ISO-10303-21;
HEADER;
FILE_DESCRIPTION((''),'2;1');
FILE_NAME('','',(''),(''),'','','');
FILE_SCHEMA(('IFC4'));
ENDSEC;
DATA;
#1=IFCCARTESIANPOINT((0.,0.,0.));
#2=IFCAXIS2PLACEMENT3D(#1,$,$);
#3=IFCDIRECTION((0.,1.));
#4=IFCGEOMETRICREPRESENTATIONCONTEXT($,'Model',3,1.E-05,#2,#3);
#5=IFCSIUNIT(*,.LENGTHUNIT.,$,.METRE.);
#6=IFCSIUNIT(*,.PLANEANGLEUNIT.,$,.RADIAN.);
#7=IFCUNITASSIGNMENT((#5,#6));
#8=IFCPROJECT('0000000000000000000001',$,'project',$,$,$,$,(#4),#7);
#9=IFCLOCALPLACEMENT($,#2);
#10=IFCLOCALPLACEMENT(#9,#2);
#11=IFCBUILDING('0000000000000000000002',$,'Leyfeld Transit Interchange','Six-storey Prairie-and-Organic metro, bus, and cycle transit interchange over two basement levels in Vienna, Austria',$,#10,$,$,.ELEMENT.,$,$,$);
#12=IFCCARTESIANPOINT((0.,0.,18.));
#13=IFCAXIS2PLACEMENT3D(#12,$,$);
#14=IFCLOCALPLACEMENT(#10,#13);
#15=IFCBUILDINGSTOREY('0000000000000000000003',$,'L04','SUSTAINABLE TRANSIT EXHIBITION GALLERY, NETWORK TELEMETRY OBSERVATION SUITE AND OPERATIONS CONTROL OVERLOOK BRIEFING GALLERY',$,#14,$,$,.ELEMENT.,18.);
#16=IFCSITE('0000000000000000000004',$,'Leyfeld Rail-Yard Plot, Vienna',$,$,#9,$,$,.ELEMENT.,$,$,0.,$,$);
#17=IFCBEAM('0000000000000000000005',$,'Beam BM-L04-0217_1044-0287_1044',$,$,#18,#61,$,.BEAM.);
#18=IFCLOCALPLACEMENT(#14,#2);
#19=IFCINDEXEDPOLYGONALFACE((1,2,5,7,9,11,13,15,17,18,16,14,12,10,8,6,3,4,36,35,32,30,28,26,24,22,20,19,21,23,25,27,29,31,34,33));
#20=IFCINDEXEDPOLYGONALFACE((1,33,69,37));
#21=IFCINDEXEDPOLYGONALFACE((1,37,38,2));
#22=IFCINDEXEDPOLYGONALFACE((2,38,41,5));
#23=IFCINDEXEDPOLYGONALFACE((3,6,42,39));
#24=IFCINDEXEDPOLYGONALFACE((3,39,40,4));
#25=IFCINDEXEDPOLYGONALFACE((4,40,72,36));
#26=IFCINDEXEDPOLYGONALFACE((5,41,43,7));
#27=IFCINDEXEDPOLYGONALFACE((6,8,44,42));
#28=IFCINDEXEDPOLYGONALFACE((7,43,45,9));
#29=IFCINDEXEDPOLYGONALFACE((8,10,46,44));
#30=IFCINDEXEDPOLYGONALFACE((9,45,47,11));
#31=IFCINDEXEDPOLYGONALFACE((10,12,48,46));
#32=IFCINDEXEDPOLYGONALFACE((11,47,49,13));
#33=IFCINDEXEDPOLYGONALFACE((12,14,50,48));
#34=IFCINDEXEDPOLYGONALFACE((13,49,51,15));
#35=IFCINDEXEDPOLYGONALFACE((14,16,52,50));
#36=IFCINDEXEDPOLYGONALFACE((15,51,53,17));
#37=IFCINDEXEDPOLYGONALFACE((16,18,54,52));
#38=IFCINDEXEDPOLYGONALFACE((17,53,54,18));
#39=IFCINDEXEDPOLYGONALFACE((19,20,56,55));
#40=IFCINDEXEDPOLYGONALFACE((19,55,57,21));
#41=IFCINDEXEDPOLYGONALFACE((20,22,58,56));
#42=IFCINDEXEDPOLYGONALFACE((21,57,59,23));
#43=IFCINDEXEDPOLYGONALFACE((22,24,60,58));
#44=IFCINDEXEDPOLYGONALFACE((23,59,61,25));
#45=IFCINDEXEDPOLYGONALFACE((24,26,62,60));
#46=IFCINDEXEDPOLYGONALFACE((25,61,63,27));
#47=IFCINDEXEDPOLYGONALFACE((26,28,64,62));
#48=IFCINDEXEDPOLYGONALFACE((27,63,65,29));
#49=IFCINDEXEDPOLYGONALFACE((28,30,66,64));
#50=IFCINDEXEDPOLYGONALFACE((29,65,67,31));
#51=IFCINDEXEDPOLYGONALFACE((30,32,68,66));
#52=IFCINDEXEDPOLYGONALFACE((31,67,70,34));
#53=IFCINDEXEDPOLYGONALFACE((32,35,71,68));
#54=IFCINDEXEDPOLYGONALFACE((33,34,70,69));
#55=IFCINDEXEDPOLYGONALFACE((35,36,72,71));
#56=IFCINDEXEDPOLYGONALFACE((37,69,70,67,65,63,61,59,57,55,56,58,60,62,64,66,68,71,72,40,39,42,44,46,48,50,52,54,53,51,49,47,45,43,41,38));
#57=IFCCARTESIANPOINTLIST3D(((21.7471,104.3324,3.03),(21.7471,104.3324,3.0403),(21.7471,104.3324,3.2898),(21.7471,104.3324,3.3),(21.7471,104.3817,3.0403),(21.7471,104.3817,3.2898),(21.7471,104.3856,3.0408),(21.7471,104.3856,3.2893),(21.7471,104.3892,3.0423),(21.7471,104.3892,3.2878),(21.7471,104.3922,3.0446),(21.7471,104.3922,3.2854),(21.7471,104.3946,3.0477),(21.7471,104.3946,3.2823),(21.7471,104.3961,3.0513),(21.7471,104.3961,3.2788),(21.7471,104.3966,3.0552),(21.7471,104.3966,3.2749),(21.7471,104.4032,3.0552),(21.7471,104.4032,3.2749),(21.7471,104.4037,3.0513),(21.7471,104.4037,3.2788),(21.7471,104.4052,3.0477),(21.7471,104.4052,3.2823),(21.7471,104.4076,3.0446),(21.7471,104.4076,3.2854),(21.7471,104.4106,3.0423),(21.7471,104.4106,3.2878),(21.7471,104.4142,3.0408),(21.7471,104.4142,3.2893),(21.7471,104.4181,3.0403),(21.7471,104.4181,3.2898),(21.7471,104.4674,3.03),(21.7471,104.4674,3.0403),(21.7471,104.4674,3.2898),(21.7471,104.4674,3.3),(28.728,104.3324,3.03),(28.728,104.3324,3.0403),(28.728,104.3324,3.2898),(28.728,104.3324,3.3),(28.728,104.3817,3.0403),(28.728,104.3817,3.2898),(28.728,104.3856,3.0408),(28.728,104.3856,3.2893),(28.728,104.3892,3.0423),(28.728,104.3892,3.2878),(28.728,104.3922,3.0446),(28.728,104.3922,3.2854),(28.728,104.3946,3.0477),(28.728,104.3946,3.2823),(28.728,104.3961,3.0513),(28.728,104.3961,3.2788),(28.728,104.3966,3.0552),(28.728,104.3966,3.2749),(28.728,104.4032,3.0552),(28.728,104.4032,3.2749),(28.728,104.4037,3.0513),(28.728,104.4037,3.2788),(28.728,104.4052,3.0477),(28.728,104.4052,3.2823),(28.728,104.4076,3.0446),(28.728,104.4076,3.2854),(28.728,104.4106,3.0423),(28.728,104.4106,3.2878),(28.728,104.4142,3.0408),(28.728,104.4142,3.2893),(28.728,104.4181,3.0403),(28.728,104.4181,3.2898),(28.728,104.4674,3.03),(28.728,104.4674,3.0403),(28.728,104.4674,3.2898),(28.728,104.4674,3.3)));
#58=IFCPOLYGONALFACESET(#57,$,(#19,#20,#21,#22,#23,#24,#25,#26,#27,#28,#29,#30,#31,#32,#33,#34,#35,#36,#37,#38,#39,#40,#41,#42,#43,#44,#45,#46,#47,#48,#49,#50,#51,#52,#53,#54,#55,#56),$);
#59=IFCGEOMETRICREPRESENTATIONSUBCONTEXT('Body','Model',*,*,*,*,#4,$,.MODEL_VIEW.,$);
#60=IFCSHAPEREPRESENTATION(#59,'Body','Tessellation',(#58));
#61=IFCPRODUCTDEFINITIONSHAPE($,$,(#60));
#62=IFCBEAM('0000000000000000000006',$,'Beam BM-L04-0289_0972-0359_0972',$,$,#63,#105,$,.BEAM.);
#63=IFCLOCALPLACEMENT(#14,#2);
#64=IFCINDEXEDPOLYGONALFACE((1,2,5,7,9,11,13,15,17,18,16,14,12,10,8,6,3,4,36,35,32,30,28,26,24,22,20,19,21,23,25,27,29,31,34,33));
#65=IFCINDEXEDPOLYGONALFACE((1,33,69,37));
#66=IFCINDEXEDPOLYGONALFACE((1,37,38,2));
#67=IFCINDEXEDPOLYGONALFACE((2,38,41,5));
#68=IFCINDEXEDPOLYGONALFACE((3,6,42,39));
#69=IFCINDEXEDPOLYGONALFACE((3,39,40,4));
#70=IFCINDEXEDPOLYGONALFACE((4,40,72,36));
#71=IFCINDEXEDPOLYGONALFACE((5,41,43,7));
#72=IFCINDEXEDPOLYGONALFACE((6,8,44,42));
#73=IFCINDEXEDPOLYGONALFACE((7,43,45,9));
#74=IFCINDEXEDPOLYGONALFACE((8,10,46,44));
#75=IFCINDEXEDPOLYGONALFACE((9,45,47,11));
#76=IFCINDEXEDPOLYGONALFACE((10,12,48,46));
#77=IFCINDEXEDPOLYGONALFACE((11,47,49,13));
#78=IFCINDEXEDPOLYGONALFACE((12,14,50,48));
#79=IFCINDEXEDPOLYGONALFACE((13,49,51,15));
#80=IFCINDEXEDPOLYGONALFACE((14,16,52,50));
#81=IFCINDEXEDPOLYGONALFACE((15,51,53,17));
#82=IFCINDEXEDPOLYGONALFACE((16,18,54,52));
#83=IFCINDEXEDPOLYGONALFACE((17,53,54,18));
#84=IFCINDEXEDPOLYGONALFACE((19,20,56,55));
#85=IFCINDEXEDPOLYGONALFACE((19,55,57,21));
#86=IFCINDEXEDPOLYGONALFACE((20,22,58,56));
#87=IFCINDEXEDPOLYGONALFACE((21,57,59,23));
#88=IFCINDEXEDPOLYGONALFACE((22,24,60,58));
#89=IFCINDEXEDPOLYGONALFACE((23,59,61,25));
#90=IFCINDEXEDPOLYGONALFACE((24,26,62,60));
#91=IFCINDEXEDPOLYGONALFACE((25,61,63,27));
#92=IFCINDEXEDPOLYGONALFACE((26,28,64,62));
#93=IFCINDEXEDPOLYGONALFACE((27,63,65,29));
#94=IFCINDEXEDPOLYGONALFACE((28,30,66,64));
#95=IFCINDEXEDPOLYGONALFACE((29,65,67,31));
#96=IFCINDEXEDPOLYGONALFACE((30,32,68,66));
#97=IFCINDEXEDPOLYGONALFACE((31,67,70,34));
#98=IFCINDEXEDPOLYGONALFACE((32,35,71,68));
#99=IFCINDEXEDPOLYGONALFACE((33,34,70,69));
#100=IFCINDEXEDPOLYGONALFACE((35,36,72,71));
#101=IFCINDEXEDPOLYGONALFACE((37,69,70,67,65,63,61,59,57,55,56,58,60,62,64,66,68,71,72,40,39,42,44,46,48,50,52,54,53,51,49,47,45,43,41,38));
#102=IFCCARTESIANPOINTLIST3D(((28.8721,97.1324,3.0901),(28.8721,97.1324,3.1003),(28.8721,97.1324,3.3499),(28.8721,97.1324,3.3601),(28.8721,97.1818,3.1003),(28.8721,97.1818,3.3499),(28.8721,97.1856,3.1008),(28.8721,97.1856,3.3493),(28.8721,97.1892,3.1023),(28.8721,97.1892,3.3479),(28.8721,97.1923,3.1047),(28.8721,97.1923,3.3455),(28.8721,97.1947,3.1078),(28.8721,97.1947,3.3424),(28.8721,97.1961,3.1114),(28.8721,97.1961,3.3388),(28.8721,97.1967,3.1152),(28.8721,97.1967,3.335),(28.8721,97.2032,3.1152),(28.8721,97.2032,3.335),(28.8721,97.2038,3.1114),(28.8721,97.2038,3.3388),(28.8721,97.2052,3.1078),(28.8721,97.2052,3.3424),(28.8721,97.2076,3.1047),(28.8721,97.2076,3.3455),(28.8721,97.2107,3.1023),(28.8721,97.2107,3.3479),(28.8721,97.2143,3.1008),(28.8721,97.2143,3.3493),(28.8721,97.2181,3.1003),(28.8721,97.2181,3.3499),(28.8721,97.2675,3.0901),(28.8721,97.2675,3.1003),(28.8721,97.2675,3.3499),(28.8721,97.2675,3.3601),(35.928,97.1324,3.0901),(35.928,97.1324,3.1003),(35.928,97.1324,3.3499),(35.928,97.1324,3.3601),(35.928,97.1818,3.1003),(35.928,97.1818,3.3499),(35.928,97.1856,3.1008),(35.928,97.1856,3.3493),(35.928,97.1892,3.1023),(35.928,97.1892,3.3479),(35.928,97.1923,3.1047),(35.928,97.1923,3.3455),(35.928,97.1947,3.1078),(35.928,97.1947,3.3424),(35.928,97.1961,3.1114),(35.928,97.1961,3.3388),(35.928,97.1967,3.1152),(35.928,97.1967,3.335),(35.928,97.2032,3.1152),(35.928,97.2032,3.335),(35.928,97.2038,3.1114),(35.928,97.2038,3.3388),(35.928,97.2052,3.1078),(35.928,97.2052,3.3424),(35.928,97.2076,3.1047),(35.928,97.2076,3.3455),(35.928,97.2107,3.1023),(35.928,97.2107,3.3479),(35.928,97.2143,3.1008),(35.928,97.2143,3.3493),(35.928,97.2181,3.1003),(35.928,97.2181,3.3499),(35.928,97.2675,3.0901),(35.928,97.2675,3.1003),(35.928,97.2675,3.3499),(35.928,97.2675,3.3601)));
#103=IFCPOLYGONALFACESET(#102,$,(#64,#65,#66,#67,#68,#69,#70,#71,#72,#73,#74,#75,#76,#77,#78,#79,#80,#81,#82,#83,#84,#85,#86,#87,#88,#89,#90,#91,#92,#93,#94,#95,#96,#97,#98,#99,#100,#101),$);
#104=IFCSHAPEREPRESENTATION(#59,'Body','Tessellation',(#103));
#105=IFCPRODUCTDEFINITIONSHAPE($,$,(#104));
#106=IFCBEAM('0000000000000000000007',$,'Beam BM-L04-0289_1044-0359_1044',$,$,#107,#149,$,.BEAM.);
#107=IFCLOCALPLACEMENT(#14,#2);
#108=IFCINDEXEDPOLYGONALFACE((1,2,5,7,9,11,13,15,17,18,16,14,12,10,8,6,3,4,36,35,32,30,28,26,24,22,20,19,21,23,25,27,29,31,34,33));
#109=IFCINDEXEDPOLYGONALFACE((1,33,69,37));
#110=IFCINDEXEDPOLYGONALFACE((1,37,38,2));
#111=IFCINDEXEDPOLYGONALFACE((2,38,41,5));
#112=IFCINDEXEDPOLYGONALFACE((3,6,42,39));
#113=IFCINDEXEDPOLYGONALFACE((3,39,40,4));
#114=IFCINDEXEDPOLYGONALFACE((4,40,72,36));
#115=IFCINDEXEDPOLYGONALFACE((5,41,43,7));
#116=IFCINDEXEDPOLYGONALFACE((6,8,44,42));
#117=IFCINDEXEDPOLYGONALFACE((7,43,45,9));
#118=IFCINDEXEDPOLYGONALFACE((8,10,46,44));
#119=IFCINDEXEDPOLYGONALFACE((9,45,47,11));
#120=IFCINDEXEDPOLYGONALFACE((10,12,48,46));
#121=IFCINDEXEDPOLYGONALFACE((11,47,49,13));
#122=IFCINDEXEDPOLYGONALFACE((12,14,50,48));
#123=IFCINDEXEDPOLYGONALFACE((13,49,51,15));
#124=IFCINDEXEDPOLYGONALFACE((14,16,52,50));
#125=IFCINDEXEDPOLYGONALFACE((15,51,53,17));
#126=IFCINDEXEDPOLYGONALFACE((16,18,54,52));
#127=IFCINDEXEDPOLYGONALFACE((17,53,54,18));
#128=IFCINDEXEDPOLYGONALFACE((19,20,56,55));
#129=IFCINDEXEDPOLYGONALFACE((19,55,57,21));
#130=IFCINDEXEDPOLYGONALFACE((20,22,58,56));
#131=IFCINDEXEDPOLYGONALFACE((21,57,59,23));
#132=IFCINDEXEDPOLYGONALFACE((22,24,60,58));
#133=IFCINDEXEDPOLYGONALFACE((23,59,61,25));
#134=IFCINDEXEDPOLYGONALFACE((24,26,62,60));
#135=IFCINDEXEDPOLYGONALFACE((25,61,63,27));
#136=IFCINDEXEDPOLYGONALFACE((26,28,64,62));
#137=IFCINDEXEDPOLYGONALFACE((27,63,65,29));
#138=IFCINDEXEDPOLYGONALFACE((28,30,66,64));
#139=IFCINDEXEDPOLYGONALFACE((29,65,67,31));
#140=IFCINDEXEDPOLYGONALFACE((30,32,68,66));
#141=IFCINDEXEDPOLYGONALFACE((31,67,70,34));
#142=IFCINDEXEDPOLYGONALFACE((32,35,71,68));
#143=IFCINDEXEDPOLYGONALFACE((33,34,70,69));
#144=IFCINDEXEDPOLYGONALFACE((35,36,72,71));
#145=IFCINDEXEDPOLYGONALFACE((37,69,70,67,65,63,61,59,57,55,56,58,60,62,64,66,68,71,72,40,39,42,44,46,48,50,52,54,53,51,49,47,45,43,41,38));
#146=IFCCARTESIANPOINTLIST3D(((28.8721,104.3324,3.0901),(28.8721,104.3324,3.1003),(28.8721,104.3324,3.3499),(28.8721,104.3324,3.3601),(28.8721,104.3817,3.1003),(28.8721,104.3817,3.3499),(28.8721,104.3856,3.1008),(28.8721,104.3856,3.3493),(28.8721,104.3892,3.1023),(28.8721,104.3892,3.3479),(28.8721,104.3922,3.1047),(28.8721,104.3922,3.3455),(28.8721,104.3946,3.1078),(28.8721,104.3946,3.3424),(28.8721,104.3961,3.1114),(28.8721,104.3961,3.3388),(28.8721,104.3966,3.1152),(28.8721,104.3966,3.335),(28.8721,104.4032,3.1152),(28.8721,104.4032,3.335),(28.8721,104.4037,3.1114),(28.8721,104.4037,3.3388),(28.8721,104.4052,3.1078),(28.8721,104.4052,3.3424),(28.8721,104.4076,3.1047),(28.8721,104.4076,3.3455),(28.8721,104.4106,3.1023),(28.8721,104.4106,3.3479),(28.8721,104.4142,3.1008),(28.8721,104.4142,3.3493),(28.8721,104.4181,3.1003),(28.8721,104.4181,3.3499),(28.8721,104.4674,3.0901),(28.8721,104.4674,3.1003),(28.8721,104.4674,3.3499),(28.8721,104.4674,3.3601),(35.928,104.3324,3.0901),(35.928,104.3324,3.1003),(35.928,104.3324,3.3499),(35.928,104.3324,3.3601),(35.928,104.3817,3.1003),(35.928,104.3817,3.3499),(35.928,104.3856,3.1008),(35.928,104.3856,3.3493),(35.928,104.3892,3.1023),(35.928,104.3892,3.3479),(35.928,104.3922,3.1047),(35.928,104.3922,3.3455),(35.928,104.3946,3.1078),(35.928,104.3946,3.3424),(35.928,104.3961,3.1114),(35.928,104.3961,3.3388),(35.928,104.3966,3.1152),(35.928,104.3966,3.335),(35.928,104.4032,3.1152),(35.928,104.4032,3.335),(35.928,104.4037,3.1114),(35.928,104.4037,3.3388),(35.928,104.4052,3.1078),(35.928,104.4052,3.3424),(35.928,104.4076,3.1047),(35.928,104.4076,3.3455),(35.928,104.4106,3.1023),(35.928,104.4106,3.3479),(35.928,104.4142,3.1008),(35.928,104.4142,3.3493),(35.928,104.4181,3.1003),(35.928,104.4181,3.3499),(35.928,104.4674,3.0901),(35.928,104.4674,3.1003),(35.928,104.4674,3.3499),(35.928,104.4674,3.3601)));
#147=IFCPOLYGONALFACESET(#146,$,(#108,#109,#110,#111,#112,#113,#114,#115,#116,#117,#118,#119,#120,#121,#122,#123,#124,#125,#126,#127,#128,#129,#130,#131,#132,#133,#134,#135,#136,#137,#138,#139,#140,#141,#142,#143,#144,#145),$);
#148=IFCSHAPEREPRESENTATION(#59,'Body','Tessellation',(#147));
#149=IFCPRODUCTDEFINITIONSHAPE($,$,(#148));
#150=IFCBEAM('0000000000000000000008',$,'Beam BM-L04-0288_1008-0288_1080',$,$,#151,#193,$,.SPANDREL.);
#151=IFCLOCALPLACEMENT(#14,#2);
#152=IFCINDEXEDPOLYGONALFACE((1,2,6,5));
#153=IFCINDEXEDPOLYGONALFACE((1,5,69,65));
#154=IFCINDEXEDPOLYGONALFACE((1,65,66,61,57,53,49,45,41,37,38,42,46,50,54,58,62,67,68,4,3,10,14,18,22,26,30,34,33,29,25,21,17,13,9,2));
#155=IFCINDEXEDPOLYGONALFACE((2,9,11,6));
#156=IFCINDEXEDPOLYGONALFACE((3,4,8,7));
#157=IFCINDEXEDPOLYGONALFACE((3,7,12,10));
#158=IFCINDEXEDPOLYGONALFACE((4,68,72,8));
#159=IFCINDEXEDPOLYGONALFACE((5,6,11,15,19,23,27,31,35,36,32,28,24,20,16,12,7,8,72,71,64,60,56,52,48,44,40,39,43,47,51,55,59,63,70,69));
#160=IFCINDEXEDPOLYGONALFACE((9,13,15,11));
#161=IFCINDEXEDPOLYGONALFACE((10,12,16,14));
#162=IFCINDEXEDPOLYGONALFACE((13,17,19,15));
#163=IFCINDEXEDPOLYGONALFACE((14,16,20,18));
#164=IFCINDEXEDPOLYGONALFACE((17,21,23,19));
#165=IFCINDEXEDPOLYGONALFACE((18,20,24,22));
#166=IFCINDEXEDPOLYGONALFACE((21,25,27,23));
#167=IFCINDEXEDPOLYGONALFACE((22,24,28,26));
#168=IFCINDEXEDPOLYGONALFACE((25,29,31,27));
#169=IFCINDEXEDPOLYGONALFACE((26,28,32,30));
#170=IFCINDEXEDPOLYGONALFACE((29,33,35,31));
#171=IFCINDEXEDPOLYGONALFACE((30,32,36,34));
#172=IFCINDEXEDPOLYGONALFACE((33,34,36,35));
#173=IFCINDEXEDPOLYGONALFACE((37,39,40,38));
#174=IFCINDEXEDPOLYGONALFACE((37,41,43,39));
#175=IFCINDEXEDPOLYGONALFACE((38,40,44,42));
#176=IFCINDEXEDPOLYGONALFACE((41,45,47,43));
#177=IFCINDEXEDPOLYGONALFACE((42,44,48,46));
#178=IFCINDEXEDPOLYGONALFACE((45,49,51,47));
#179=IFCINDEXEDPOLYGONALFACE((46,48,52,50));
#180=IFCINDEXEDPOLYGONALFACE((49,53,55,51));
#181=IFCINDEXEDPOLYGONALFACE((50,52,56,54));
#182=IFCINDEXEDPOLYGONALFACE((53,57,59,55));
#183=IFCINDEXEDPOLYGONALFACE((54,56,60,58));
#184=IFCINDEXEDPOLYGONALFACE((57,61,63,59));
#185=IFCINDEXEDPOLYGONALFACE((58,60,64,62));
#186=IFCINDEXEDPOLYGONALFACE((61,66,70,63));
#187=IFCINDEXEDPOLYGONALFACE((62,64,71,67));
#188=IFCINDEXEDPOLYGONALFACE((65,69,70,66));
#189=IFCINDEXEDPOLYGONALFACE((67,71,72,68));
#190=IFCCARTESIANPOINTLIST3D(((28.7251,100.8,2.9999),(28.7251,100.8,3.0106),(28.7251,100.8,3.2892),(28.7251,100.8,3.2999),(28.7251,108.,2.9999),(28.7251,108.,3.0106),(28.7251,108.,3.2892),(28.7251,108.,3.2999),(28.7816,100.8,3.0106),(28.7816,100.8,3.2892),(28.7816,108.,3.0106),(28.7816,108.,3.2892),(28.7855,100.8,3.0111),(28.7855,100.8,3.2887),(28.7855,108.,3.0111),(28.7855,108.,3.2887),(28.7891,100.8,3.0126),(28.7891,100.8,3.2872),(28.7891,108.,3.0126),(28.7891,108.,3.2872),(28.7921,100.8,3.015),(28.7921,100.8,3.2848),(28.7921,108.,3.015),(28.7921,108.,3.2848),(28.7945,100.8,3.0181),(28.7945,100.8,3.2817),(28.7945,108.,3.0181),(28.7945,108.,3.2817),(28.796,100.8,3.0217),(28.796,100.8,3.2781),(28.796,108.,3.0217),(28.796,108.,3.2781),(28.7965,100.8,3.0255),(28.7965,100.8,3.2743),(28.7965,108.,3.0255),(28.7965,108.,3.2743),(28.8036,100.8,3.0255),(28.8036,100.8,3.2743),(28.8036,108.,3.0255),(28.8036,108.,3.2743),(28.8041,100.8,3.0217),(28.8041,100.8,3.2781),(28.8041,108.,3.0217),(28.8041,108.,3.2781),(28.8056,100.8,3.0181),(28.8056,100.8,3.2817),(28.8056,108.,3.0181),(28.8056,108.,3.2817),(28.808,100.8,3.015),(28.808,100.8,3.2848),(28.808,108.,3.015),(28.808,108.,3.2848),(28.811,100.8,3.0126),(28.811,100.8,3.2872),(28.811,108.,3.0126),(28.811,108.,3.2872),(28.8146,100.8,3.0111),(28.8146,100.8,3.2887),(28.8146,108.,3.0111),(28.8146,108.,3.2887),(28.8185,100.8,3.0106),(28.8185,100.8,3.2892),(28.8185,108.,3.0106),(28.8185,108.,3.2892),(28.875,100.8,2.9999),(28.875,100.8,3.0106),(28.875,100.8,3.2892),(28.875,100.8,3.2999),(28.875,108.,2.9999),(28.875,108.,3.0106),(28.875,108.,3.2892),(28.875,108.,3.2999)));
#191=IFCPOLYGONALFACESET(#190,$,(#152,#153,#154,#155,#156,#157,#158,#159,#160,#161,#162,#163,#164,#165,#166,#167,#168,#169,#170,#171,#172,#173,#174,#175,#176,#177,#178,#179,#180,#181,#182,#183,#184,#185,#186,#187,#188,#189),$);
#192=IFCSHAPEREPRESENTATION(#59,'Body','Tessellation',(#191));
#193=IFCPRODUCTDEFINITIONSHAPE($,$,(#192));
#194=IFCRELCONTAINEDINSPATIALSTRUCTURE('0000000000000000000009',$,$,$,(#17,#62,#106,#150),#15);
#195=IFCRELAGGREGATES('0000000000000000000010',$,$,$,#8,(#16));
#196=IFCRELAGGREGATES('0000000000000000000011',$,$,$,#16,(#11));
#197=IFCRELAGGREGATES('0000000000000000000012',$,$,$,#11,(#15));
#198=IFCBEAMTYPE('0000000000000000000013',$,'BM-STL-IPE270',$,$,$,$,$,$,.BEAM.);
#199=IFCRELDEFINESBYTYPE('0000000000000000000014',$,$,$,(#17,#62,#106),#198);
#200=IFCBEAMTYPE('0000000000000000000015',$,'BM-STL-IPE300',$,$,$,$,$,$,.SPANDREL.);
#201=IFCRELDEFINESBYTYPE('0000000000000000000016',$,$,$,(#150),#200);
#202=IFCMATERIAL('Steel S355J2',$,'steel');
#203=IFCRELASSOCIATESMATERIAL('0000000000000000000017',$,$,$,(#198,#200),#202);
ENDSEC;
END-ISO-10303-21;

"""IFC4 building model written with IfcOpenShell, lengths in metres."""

from ifc_helpers import new_model, si_unit, direction, frame, origin, origin_2d, place, context, subcontext, project, spatial, i_section, extrude, material, material_profile, profile_set, type_object, element, save


model = new_model("IFC4")

# Units and contexts
model_context = context("Model", 3, precision=1e-05, world=origin(), true_north=direction((0.0, 1.0)))
body_context = subcontext(model_context, "Body", "Model", "MODEL_VIEW")
ifc_project = project(units=[si_unit("LENGTHUNIT", "METRE"), si_unit("PLANEANGLEUNIT", "RADIAN")], contexts=[model_context])

# Site, building, storey
site_placement = place(None, origin())
site = spatial("IfcSite", under=ifc_project, at=site_placement, Name="Leyfeld Rail-Yard Plot, Vienna", CompositionType="ELEMENT", RefElevation=0.0)
building_placement = place(site_placement, origin())
building = spatial("IfcBuilding", under=site, at=building_placement, Name="Leyfeld Transit Interchange", Description="Six-storey Prairie-and-Organic metro, bus, and cycle transit interchange over two basement levels in Vienna, Austria", CompositionType="ELEMENT")
storey_placement = place(building_placement, frame((0.0, 0.0, 18.0)))
storey = spatial("IfcBuildingStorey", under=building, at=storey_placement, Name="L04", Description="SUSTAINABLE TRANSIT EXHIBITION GALLERY, NETWORK TELEMETRY OBSERVATION SUITE AND OPERATIONS CONTROL OVERLOOK BRIEFING GALLERY", CompositionType="ELEMENT", Elevation=18.0)

# Shared definitions
ifc_material_1 = material(Name="Steel S355J2", Category="steel")

# Beams
ifc_material_profile_1 = material_profile(ifc_material_1, i_section(OverallWidth=0.135, OverallDepth=0.27, WebThickness=0.0066, FlangeThickness=0.0103, FilletRadius=0.0149, at=origin_2d()), Name="IPE 270")
ifc_profile_set_1 = profile_set([ifc_material_profile_1], Name="Steel S355J2")
beam_type_1 = type_object("IfcBeamType", Name="BM-STL-IPE270", PredefinedType="BEAM", material=ifc_profile_set_1)
for number, where, z_axis, x_axis, name in (
    (1, (21.7471, 104.3999, 3.165), (1.0, 0.0, 0.0), (0.0, 1.0, 0.0), "Beam BM-L04-0217_1044-0287_1044"),
):
    element("IfcBeam", number, at=place(storey_placement, frame(where, z_axis=z_axis, x_axis=x_axis)), inside=storey, type_object=beam_type_1, Name=name, PredefinedType="BEAM", context=body_context, shape_type="SweptSolid", body=[
        extrude(i_section(OverallWidth=0.135, OverallDepth=0.27, WebThickness=0.0066, FlangeThickness=0.0103, FilletRadius=0.0149, at=origin_2d()), origin(), (0.0, 0.0, 1.0), 6.981),
    ])
for number, where, z_axis, x_axis, name in (
    (2, (28.8721, 97.2, 3.2251), (1.0, 0.0, 0.0), (0.0, 1.0, 0.0), "Beam BM-L04-0289_0972-0359_0972"),
    (3, (28.8721, 104.3999, 3.2251), (1.0, 0.0, 0.0), (0.0, 1.0, 0.0), "Beam BM-L04-0289_1044-0359_1044"),
):
    element("IfcBeam", number, at=place(storey_placement, frame(where, z_axis=z_axis, x_axis=x_axis)), inside=storey, type_object=beam_type_1, Name=name, PredefinedType="BEAM", context=body_context, shape_type="SweptSolid", body=[
        extrude(i_section(OverallWidth=0.135, OverallDepth=0.27, WebThickness=0.0066, FlangeThickness=0.0103, FilletRadius=0.0149, at=origin_2d()), origin(), (0.0, 0.0, 1.0), 7.0559),
    ])
ifc_material_profile_2 = material_profile(ifc_material_1, i_section(OverallWidth=0.1499, OverallDepth=0.3, WebThickness=0.0071, FlangeThickness=0.0107, FilletRadius=0.0149, at=origin_2d()), Name="IPE 300")
ifc_profile_set_2 = profile_set([ifc_material_profile_2], Name="Steel S355J2")
beam_type_2 = type_object("IfcBeamType", Name="BM-STL-IPE300", PredefinedType="SPANDREL", material=ifc_profile_set_2)
beam_1_placement = place(storey_placement, frame((28.8, 100.8, 3.1499), z_axis=(0.0, 1.0, 0.0), x_axis=(-1.0, 0.0, 0.0)))
element("IfcBeam", 4, at=beam_1_placement, inside=storey, type_object=beam_type_2, Name="Beam BM-L04-0288_1008-0288_1080", PredefinedType="SPANDREL", context=body_context, shape_type="SweptSolid", body=[
    extrude(i_section(OverallWidth=0.1499, OverallDepth=0.3, WebThickness=0.0071, FlangeThickness=0.0107, FilletRadius=0.0149, at=origin_2d()), origin(), (0.0, 0.0, 1.0), 7.2),
])

save(model, "model.ifc")
